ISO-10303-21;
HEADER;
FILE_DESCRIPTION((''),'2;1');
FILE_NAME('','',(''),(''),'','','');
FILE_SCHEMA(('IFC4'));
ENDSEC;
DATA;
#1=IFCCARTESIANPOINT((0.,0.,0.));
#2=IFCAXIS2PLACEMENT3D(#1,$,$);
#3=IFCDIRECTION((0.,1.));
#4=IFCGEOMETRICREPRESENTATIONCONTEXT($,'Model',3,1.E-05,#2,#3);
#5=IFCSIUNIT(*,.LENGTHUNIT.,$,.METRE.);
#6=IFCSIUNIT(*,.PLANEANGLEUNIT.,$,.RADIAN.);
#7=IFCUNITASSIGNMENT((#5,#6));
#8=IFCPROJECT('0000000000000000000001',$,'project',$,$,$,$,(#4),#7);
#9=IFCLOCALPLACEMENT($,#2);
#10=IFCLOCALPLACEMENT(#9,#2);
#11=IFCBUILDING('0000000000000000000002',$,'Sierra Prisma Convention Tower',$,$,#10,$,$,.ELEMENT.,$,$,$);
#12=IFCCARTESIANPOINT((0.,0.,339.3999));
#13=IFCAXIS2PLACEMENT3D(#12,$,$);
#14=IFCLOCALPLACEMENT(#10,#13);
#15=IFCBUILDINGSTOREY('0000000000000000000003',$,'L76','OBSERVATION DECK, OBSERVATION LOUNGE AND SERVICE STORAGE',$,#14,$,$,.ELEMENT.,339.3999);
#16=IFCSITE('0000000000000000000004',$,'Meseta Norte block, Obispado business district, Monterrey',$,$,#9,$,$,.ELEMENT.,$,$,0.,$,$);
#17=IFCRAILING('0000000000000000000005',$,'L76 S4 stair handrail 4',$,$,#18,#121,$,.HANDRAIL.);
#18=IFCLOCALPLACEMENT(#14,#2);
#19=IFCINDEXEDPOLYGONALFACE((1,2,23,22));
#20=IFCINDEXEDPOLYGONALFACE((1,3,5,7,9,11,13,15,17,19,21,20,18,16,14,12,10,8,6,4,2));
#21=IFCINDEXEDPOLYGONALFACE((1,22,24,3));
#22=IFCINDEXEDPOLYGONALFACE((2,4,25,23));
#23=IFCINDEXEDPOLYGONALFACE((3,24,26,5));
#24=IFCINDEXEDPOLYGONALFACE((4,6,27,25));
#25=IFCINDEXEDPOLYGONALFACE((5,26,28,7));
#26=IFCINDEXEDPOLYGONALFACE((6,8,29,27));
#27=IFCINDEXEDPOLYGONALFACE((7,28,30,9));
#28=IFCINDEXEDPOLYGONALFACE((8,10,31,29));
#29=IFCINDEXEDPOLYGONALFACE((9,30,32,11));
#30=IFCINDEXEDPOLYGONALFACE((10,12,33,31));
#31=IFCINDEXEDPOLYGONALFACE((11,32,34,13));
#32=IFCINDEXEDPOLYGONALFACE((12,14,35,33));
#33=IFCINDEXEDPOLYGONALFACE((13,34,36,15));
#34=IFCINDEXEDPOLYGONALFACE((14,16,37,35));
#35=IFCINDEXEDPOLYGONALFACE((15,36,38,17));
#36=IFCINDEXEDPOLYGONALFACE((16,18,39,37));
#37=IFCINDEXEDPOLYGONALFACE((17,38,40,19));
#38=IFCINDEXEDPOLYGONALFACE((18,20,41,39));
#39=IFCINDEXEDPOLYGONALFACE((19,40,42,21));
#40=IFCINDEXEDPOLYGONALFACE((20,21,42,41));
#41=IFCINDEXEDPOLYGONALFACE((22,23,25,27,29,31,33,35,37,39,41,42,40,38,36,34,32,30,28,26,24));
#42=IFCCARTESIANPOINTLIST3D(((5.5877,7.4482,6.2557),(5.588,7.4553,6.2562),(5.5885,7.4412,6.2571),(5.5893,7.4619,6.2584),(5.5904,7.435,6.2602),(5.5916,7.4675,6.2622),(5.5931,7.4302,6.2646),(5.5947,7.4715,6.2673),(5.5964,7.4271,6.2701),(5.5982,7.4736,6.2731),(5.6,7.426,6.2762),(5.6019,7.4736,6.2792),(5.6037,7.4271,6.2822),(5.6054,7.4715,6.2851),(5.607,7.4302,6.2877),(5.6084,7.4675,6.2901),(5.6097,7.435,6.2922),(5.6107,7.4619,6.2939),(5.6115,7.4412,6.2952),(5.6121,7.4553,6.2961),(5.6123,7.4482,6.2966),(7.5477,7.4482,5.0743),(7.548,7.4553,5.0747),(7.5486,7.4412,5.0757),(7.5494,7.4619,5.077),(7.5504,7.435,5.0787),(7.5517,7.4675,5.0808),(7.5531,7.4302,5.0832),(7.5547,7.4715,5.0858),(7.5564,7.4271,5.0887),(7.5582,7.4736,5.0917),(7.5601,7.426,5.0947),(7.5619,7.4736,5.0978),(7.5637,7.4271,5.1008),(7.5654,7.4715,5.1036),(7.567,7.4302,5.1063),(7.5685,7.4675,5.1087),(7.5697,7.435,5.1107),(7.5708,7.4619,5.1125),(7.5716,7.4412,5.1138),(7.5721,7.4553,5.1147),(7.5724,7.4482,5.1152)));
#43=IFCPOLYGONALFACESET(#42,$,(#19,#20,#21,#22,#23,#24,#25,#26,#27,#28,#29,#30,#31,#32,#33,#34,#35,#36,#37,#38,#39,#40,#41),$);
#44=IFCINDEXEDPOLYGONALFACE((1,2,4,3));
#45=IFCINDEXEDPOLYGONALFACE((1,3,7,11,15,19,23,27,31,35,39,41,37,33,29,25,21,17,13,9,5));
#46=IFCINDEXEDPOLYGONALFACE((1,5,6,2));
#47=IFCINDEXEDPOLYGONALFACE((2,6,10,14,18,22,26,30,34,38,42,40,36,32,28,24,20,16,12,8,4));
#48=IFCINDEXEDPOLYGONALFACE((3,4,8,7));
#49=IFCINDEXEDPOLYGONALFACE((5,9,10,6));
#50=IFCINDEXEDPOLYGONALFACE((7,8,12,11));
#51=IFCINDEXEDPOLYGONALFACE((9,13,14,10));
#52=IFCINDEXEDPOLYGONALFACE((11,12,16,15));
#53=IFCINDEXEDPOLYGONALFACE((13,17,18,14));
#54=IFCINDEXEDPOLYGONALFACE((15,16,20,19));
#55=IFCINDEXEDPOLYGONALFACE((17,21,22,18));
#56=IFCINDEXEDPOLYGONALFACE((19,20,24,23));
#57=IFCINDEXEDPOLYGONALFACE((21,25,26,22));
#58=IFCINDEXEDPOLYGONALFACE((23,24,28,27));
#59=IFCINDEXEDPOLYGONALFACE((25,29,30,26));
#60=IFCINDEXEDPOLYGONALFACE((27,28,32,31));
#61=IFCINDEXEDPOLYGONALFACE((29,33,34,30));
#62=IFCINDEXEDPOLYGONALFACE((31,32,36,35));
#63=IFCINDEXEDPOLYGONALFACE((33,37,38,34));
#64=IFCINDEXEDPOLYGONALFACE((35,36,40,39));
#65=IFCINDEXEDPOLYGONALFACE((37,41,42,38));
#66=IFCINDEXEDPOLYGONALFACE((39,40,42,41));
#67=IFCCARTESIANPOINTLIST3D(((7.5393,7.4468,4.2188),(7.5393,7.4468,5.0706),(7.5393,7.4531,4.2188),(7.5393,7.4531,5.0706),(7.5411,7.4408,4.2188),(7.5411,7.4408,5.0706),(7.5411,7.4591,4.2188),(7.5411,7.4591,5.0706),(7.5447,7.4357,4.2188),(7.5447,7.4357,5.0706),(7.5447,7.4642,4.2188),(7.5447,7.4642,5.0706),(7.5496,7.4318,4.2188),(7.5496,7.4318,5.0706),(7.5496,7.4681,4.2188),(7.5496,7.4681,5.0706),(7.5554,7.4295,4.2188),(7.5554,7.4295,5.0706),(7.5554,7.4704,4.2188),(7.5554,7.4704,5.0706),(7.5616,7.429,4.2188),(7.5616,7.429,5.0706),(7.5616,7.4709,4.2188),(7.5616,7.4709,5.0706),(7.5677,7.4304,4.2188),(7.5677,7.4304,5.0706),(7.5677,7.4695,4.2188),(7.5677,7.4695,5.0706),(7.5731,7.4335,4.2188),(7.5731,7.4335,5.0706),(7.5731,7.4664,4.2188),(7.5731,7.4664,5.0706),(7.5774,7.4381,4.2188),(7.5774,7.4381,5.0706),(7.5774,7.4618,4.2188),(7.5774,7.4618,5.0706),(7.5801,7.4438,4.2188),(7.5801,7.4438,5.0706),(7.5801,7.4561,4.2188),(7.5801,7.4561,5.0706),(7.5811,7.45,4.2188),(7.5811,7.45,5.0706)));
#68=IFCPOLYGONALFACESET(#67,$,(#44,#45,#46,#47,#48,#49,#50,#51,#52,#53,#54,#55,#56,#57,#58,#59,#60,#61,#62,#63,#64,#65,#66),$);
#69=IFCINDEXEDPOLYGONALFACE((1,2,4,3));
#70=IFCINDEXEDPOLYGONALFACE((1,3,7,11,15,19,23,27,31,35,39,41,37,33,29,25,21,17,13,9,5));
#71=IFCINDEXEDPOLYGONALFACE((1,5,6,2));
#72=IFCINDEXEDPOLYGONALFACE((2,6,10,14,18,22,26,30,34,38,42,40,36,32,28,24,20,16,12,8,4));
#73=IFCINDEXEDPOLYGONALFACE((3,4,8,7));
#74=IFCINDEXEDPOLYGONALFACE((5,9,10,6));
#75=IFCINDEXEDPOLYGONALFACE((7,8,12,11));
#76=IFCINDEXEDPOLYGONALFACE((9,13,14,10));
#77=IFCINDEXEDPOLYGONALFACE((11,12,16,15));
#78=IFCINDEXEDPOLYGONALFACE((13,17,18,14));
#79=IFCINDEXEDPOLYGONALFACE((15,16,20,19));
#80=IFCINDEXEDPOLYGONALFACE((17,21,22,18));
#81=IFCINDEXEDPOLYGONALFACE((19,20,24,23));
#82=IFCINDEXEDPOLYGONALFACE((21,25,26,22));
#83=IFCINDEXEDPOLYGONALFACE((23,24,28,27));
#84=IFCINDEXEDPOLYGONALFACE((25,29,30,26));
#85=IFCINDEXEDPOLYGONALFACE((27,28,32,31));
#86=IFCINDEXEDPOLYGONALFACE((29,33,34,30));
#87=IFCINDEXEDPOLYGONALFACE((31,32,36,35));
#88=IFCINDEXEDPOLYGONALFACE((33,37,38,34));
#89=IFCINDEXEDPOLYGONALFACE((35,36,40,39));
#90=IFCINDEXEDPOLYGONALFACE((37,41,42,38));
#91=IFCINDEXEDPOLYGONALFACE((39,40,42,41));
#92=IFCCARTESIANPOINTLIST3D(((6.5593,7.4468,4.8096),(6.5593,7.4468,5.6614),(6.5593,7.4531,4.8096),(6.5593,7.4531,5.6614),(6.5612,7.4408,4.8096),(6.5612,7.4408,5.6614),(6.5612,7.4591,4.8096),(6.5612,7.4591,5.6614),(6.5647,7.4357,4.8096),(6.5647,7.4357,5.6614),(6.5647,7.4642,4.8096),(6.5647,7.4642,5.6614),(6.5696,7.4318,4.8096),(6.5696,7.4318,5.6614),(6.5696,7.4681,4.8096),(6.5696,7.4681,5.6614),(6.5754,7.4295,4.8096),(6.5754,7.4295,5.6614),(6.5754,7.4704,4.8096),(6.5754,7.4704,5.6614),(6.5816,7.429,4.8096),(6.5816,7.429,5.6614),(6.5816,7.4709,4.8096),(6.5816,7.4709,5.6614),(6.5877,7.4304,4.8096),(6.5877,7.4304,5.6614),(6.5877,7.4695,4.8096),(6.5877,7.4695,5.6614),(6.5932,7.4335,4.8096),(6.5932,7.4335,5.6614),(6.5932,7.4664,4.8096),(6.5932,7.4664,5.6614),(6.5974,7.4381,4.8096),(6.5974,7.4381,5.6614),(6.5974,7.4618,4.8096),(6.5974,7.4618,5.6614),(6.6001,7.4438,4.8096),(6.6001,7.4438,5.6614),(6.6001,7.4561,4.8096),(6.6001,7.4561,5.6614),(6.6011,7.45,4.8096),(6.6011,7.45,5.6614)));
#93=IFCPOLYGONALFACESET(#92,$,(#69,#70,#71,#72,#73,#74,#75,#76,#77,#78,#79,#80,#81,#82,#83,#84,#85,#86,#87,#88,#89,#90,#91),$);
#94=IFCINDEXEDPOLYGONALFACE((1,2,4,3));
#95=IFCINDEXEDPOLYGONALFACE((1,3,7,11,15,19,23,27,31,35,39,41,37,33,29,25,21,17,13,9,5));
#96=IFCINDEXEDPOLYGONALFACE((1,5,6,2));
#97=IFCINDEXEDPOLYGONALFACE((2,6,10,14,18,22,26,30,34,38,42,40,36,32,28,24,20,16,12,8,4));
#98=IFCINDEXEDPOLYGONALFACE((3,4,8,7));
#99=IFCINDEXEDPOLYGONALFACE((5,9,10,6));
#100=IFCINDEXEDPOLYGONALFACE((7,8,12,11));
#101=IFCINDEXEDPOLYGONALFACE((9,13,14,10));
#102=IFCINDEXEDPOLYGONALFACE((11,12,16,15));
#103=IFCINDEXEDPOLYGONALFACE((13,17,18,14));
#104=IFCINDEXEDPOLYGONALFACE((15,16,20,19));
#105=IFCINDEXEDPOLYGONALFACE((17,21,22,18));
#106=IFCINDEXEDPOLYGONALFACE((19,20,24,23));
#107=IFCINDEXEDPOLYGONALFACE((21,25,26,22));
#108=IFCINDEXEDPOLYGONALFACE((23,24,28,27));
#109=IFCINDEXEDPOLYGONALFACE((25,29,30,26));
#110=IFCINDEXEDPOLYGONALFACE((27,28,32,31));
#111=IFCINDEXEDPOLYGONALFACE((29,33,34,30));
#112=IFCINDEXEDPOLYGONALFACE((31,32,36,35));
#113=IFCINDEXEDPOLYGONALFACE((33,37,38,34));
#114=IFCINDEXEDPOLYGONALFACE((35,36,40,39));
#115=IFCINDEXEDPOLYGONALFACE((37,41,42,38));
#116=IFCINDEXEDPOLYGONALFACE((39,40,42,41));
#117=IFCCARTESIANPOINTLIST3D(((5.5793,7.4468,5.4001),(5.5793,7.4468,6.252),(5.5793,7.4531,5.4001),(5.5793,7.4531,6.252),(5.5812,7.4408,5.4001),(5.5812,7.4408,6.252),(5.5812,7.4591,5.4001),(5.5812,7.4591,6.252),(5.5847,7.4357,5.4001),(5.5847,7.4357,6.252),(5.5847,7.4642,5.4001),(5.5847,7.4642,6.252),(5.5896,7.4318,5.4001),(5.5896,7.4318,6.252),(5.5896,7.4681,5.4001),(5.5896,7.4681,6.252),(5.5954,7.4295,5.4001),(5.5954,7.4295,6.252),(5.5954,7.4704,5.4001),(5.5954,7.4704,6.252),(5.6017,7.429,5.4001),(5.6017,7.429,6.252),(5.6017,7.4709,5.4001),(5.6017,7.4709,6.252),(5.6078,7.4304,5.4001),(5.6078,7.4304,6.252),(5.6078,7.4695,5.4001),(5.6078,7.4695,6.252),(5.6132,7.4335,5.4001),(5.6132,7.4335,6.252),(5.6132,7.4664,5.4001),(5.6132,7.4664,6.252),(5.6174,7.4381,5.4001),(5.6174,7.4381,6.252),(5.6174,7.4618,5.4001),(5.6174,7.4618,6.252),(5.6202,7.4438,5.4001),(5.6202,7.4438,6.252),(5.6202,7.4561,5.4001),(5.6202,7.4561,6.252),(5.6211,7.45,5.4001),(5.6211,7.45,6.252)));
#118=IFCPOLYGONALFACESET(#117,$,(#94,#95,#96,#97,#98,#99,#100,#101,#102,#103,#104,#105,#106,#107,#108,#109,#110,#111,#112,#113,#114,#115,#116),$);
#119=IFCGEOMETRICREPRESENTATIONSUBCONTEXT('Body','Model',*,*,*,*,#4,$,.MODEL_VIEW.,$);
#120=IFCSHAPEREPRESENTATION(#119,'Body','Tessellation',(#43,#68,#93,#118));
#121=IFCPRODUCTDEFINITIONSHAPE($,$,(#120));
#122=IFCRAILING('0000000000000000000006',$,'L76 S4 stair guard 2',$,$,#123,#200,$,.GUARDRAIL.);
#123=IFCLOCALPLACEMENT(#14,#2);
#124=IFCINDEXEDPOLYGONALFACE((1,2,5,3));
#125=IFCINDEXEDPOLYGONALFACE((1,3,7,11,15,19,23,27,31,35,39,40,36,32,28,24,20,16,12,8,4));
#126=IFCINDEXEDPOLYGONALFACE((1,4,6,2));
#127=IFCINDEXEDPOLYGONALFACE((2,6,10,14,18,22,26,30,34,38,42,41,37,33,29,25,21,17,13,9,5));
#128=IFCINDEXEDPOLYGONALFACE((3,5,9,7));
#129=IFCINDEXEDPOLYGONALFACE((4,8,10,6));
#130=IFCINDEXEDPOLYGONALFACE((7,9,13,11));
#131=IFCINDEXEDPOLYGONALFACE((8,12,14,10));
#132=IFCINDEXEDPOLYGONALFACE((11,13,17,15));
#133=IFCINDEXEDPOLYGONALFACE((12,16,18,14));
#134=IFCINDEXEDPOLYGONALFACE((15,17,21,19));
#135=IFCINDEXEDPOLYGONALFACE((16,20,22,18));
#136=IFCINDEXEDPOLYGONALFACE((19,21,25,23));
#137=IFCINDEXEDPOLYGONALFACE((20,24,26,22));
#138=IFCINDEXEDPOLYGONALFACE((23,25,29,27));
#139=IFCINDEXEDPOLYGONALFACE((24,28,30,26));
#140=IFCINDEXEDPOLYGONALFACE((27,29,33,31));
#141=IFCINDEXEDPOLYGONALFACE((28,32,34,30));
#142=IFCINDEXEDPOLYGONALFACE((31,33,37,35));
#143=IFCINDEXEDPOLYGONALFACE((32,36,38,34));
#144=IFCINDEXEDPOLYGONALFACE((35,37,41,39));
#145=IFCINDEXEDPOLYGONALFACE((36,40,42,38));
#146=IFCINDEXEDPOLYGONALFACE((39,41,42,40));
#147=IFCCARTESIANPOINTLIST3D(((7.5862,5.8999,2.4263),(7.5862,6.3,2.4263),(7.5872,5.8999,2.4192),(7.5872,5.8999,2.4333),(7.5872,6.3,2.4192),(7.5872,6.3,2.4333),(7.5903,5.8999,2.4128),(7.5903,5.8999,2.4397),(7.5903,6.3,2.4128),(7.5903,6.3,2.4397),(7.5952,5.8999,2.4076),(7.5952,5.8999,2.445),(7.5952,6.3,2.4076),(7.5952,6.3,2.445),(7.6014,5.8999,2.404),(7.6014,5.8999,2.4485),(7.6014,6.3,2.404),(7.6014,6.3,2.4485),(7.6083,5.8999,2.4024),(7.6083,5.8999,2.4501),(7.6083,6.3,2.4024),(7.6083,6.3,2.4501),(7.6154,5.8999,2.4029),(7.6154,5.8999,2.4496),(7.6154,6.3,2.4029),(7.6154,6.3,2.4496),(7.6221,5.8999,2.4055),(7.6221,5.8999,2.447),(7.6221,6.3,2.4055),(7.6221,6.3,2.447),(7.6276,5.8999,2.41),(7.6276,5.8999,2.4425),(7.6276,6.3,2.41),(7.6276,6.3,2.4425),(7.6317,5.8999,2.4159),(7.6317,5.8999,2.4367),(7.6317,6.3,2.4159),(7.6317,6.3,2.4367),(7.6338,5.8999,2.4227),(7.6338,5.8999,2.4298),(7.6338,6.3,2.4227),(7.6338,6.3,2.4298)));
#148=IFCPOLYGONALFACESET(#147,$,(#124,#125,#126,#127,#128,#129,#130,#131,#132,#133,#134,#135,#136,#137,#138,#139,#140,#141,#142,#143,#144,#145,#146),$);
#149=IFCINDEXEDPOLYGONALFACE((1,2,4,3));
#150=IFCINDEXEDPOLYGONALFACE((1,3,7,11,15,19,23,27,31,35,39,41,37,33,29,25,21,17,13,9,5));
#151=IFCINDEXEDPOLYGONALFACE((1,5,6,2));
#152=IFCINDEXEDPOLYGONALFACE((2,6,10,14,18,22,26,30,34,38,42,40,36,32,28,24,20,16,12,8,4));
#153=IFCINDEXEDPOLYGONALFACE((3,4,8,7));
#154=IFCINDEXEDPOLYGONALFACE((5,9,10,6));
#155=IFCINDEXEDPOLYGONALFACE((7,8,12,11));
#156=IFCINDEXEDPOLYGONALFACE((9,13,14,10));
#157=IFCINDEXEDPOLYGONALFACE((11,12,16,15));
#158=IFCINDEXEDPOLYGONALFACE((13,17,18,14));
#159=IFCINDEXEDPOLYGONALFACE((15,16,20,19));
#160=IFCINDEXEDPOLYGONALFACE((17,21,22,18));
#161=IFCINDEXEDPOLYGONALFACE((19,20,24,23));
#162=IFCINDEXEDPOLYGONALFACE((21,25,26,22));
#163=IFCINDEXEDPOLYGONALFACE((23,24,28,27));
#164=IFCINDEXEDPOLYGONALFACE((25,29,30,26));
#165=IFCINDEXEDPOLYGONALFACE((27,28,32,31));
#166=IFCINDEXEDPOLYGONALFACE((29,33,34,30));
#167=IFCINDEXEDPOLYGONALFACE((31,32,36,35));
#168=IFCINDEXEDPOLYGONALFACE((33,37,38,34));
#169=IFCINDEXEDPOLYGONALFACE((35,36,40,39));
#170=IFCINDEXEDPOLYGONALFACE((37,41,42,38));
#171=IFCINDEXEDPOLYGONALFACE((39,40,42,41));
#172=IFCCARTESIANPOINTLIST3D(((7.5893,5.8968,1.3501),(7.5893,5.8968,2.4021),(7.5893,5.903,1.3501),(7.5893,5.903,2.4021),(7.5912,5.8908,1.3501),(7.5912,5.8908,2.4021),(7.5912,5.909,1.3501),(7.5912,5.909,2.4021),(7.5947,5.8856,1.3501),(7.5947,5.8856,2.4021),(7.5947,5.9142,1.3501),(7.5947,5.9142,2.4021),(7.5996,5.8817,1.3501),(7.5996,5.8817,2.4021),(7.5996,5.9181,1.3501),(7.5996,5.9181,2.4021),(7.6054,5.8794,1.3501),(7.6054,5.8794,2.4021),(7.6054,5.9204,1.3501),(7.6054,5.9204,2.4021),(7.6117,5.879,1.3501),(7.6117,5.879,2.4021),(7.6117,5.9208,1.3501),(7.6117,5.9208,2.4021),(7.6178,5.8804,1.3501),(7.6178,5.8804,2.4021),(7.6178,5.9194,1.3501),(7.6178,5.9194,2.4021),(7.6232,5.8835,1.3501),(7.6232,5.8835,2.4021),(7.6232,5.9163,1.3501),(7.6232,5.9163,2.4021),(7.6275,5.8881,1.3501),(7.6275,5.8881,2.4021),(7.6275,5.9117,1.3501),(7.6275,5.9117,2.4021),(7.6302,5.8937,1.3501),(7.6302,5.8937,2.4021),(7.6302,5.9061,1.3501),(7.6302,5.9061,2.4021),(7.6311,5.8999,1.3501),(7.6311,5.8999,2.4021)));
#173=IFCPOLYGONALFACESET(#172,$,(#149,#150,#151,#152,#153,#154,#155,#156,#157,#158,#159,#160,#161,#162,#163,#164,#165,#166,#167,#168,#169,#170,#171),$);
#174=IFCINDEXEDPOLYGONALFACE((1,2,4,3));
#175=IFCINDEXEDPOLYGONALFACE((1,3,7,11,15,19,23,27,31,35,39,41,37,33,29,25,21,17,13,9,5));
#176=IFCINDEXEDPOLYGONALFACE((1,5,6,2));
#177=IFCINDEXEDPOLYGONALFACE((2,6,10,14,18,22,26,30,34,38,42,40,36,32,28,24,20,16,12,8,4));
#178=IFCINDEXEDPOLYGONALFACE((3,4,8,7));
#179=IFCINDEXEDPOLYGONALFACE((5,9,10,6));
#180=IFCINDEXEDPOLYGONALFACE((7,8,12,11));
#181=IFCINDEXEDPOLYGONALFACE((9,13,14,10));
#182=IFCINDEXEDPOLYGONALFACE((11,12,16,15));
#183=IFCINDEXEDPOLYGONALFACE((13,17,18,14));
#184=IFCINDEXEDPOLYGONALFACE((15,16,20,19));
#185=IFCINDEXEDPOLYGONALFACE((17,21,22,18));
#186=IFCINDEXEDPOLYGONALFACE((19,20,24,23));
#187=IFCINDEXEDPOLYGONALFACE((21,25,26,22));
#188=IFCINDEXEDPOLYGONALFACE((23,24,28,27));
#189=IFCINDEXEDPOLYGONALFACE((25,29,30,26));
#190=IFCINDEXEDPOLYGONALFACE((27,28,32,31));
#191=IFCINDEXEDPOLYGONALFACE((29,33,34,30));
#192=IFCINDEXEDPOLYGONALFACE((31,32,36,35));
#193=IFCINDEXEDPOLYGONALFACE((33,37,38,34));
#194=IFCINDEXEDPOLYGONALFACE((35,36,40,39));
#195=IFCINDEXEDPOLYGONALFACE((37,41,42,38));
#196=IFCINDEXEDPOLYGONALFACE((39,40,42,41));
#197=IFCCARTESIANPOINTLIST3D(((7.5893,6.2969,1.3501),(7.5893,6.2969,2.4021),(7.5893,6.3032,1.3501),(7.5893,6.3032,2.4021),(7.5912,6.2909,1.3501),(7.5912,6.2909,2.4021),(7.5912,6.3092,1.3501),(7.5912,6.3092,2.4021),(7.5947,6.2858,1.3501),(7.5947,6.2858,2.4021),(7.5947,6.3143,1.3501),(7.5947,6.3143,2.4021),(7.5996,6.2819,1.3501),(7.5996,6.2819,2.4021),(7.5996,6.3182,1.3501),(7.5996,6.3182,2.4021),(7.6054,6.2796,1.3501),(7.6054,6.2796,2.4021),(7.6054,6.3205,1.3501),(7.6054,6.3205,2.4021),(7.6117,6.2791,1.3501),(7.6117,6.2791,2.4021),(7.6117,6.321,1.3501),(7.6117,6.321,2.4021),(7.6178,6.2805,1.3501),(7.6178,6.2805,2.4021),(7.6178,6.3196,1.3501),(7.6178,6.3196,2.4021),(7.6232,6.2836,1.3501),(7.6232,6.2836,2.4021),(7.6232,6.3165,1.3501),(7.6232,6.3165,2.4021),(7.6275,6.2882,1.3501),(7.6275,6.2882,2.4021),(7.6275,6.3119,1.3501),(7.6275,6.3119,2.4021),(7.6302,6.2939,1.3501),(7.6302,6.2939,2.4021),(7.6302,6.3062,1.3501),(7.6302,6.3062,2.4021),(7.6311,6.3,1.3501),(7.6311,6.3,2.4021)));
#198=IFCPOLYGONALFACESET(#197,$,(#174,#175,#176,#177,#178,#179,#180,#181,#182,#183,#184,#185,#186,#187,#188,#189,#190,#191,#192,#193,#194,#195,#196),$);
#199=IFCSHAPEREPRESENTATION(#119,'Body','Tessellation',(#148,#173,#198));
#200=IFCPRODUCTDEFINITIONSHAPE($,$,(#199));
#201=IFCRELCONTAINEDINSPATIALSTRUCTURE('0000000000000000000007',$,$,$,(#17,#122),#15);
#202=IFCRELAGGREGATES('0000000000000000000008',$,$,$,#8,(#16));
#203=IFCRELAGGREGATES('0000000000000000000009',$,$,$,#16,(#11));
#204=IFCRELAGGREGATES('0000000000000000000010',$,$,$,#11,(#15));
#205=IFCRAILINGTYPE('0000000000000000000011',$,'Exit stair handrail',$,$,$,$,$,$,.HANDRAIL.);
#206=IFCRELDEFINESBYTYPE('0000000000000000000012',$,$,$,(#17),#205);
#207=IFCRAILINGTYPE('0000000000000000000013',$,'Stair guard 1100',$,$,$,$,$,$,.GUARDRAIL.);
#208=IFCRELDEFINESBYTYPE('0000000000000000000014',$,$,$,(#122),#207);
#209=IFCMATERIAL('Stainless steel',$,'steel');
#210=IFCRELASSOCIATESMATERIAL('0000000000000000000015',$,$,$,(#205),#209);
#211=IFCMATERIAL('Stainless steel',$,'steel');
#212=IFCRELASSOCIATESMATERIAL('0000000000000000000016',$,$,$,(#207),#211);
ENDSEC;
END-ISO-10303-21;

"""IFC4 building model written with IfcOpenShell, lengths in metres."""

from ifc_helpers import new_model, si_unit, direction, frame, origin, origin_2d, place, context, subcontext, project, spatial, circle, extrude, material, type_object, element, save


model = new_model("IFC4")

# Units and contexts
model_context = context("Model", 3, precision=1e-05, world=origin(), true_north=direction((0.0, 1.0)))
body_context = subcontext(model_context, "Body", "Model", "MODEL_VIEW")
ifc_project = project(units=[si_unit("LENGTHUNIT", "METRE"), si_unit("PLANEANGLEUNIT", "RADIAN")], contexts=[model_context])

# Site, building, storey
site_placement = place(None, origin())
site = spatial("IfcSite", under=ifc_project, at=site_placement, Name="Meseta Norte block, Obispado business district, Monterrey", CompositionType="ELEMENT", RefElevation=0.0)
building_placement = place(site_placement, origin())
building = spatial("IfcBuilding", under=site, at=building_placement, Name="Sierra Prisma Convention Tower", CompositionType="ELEMENT")
storey_placement = place(building_placement, frame((0.0, 0.0, 339.3999)))
storey = spatial("IfcBuildingStorey", under=building, at=storey_placement, Name="L76", Description="OBSERVATION DECK, OBSERVATION LOUNGE AND SERVICE STORAGE", CompositionType="ELEMENT", Elevation=339.3999)

# Railings
ifc_material_1 = material(Name="Stainless steel", Category="steel")
railing_type_1 = type_object("IfcRailingType", Name="Exit stair handrail", PredefinedType="HANDRAIL", material=ifc_material_1)
for number, where, name in (
    (1, (7.5601, 7.45, 4.2188), "L76 S4 stair handrail 4"),
):
    element("IfcRailing", number, at=place(storey_placement, frame(where)), inside=storey, type_object=railing_type_1, Name=name, PredefinedType="HANDRAIL", context=body_context, shape_type="SweptSolid", body=[
        extrude(circle(Radius=0.0239, at=origin_2d()), frame((0.0, 0.0, 0.876), z_axis=(-0.856446, 0.0, 0.516236), x_axis=(0.0, -1.0, 0.0)), (0.0, 0.0, 1.0), 2.2886),
        extrude(circle(Radius=0.021, at=origin_2d()), origin(), (0.0, 0.0, 1.0), 0.8518),
        extrude(circle(Radius=0.021, at=origin_2d()), frame((-0.98, 0.0, 0.5908)), (0.0, 0.0, 1.0), 0.8518),
        extrude(circle(Radius=0.021, at=origin_2d()), frame((-1.96, 0.0, 1.1814)), (0.0, 0.0, 1.0), 0.8518),
    ])
ifc_material_2 = material(Name="Stainless steel", Category="steel")
railing_type_2 = type_object("IfcRailingType", Name="Stair guard 1100", PredefinedType="GUARDRAIL", material=ifc_material_2)
railing_1_placement = place(storey_placement, frame((7.6101, 5.8999, 1.3501)))
element("IfcRailing", 2, at=railing_1_placement, inside=storey, type_object=railing_type_2, Name="L76 S4 stair guard 2", PredefinedType="GUARDRAIL", context=body_context, shape_type="SweptSolid", body=[
    extrude(circle(Radius=0.0239, at=origin_2d()), frame((0.0, 0.0, 1.0762), z_axis=(0.0, 1.0, 0.0), x_axis=(-1.0, 0.0, 0.0)), (0.0, 0.0, 1.0), 0.4001),
    extrude(circle(Radius=0.021, at=origin_2d()), origin(), (0.0, 0.0, 1.0), 1.052),
    extrude(circle(Radius=0.021, at=origin_2d()), frame((0.0, 0.4001, 0.0)), (0.0, 0.0, 1.0), 1.052),
])

save(model, "model.ifc")
